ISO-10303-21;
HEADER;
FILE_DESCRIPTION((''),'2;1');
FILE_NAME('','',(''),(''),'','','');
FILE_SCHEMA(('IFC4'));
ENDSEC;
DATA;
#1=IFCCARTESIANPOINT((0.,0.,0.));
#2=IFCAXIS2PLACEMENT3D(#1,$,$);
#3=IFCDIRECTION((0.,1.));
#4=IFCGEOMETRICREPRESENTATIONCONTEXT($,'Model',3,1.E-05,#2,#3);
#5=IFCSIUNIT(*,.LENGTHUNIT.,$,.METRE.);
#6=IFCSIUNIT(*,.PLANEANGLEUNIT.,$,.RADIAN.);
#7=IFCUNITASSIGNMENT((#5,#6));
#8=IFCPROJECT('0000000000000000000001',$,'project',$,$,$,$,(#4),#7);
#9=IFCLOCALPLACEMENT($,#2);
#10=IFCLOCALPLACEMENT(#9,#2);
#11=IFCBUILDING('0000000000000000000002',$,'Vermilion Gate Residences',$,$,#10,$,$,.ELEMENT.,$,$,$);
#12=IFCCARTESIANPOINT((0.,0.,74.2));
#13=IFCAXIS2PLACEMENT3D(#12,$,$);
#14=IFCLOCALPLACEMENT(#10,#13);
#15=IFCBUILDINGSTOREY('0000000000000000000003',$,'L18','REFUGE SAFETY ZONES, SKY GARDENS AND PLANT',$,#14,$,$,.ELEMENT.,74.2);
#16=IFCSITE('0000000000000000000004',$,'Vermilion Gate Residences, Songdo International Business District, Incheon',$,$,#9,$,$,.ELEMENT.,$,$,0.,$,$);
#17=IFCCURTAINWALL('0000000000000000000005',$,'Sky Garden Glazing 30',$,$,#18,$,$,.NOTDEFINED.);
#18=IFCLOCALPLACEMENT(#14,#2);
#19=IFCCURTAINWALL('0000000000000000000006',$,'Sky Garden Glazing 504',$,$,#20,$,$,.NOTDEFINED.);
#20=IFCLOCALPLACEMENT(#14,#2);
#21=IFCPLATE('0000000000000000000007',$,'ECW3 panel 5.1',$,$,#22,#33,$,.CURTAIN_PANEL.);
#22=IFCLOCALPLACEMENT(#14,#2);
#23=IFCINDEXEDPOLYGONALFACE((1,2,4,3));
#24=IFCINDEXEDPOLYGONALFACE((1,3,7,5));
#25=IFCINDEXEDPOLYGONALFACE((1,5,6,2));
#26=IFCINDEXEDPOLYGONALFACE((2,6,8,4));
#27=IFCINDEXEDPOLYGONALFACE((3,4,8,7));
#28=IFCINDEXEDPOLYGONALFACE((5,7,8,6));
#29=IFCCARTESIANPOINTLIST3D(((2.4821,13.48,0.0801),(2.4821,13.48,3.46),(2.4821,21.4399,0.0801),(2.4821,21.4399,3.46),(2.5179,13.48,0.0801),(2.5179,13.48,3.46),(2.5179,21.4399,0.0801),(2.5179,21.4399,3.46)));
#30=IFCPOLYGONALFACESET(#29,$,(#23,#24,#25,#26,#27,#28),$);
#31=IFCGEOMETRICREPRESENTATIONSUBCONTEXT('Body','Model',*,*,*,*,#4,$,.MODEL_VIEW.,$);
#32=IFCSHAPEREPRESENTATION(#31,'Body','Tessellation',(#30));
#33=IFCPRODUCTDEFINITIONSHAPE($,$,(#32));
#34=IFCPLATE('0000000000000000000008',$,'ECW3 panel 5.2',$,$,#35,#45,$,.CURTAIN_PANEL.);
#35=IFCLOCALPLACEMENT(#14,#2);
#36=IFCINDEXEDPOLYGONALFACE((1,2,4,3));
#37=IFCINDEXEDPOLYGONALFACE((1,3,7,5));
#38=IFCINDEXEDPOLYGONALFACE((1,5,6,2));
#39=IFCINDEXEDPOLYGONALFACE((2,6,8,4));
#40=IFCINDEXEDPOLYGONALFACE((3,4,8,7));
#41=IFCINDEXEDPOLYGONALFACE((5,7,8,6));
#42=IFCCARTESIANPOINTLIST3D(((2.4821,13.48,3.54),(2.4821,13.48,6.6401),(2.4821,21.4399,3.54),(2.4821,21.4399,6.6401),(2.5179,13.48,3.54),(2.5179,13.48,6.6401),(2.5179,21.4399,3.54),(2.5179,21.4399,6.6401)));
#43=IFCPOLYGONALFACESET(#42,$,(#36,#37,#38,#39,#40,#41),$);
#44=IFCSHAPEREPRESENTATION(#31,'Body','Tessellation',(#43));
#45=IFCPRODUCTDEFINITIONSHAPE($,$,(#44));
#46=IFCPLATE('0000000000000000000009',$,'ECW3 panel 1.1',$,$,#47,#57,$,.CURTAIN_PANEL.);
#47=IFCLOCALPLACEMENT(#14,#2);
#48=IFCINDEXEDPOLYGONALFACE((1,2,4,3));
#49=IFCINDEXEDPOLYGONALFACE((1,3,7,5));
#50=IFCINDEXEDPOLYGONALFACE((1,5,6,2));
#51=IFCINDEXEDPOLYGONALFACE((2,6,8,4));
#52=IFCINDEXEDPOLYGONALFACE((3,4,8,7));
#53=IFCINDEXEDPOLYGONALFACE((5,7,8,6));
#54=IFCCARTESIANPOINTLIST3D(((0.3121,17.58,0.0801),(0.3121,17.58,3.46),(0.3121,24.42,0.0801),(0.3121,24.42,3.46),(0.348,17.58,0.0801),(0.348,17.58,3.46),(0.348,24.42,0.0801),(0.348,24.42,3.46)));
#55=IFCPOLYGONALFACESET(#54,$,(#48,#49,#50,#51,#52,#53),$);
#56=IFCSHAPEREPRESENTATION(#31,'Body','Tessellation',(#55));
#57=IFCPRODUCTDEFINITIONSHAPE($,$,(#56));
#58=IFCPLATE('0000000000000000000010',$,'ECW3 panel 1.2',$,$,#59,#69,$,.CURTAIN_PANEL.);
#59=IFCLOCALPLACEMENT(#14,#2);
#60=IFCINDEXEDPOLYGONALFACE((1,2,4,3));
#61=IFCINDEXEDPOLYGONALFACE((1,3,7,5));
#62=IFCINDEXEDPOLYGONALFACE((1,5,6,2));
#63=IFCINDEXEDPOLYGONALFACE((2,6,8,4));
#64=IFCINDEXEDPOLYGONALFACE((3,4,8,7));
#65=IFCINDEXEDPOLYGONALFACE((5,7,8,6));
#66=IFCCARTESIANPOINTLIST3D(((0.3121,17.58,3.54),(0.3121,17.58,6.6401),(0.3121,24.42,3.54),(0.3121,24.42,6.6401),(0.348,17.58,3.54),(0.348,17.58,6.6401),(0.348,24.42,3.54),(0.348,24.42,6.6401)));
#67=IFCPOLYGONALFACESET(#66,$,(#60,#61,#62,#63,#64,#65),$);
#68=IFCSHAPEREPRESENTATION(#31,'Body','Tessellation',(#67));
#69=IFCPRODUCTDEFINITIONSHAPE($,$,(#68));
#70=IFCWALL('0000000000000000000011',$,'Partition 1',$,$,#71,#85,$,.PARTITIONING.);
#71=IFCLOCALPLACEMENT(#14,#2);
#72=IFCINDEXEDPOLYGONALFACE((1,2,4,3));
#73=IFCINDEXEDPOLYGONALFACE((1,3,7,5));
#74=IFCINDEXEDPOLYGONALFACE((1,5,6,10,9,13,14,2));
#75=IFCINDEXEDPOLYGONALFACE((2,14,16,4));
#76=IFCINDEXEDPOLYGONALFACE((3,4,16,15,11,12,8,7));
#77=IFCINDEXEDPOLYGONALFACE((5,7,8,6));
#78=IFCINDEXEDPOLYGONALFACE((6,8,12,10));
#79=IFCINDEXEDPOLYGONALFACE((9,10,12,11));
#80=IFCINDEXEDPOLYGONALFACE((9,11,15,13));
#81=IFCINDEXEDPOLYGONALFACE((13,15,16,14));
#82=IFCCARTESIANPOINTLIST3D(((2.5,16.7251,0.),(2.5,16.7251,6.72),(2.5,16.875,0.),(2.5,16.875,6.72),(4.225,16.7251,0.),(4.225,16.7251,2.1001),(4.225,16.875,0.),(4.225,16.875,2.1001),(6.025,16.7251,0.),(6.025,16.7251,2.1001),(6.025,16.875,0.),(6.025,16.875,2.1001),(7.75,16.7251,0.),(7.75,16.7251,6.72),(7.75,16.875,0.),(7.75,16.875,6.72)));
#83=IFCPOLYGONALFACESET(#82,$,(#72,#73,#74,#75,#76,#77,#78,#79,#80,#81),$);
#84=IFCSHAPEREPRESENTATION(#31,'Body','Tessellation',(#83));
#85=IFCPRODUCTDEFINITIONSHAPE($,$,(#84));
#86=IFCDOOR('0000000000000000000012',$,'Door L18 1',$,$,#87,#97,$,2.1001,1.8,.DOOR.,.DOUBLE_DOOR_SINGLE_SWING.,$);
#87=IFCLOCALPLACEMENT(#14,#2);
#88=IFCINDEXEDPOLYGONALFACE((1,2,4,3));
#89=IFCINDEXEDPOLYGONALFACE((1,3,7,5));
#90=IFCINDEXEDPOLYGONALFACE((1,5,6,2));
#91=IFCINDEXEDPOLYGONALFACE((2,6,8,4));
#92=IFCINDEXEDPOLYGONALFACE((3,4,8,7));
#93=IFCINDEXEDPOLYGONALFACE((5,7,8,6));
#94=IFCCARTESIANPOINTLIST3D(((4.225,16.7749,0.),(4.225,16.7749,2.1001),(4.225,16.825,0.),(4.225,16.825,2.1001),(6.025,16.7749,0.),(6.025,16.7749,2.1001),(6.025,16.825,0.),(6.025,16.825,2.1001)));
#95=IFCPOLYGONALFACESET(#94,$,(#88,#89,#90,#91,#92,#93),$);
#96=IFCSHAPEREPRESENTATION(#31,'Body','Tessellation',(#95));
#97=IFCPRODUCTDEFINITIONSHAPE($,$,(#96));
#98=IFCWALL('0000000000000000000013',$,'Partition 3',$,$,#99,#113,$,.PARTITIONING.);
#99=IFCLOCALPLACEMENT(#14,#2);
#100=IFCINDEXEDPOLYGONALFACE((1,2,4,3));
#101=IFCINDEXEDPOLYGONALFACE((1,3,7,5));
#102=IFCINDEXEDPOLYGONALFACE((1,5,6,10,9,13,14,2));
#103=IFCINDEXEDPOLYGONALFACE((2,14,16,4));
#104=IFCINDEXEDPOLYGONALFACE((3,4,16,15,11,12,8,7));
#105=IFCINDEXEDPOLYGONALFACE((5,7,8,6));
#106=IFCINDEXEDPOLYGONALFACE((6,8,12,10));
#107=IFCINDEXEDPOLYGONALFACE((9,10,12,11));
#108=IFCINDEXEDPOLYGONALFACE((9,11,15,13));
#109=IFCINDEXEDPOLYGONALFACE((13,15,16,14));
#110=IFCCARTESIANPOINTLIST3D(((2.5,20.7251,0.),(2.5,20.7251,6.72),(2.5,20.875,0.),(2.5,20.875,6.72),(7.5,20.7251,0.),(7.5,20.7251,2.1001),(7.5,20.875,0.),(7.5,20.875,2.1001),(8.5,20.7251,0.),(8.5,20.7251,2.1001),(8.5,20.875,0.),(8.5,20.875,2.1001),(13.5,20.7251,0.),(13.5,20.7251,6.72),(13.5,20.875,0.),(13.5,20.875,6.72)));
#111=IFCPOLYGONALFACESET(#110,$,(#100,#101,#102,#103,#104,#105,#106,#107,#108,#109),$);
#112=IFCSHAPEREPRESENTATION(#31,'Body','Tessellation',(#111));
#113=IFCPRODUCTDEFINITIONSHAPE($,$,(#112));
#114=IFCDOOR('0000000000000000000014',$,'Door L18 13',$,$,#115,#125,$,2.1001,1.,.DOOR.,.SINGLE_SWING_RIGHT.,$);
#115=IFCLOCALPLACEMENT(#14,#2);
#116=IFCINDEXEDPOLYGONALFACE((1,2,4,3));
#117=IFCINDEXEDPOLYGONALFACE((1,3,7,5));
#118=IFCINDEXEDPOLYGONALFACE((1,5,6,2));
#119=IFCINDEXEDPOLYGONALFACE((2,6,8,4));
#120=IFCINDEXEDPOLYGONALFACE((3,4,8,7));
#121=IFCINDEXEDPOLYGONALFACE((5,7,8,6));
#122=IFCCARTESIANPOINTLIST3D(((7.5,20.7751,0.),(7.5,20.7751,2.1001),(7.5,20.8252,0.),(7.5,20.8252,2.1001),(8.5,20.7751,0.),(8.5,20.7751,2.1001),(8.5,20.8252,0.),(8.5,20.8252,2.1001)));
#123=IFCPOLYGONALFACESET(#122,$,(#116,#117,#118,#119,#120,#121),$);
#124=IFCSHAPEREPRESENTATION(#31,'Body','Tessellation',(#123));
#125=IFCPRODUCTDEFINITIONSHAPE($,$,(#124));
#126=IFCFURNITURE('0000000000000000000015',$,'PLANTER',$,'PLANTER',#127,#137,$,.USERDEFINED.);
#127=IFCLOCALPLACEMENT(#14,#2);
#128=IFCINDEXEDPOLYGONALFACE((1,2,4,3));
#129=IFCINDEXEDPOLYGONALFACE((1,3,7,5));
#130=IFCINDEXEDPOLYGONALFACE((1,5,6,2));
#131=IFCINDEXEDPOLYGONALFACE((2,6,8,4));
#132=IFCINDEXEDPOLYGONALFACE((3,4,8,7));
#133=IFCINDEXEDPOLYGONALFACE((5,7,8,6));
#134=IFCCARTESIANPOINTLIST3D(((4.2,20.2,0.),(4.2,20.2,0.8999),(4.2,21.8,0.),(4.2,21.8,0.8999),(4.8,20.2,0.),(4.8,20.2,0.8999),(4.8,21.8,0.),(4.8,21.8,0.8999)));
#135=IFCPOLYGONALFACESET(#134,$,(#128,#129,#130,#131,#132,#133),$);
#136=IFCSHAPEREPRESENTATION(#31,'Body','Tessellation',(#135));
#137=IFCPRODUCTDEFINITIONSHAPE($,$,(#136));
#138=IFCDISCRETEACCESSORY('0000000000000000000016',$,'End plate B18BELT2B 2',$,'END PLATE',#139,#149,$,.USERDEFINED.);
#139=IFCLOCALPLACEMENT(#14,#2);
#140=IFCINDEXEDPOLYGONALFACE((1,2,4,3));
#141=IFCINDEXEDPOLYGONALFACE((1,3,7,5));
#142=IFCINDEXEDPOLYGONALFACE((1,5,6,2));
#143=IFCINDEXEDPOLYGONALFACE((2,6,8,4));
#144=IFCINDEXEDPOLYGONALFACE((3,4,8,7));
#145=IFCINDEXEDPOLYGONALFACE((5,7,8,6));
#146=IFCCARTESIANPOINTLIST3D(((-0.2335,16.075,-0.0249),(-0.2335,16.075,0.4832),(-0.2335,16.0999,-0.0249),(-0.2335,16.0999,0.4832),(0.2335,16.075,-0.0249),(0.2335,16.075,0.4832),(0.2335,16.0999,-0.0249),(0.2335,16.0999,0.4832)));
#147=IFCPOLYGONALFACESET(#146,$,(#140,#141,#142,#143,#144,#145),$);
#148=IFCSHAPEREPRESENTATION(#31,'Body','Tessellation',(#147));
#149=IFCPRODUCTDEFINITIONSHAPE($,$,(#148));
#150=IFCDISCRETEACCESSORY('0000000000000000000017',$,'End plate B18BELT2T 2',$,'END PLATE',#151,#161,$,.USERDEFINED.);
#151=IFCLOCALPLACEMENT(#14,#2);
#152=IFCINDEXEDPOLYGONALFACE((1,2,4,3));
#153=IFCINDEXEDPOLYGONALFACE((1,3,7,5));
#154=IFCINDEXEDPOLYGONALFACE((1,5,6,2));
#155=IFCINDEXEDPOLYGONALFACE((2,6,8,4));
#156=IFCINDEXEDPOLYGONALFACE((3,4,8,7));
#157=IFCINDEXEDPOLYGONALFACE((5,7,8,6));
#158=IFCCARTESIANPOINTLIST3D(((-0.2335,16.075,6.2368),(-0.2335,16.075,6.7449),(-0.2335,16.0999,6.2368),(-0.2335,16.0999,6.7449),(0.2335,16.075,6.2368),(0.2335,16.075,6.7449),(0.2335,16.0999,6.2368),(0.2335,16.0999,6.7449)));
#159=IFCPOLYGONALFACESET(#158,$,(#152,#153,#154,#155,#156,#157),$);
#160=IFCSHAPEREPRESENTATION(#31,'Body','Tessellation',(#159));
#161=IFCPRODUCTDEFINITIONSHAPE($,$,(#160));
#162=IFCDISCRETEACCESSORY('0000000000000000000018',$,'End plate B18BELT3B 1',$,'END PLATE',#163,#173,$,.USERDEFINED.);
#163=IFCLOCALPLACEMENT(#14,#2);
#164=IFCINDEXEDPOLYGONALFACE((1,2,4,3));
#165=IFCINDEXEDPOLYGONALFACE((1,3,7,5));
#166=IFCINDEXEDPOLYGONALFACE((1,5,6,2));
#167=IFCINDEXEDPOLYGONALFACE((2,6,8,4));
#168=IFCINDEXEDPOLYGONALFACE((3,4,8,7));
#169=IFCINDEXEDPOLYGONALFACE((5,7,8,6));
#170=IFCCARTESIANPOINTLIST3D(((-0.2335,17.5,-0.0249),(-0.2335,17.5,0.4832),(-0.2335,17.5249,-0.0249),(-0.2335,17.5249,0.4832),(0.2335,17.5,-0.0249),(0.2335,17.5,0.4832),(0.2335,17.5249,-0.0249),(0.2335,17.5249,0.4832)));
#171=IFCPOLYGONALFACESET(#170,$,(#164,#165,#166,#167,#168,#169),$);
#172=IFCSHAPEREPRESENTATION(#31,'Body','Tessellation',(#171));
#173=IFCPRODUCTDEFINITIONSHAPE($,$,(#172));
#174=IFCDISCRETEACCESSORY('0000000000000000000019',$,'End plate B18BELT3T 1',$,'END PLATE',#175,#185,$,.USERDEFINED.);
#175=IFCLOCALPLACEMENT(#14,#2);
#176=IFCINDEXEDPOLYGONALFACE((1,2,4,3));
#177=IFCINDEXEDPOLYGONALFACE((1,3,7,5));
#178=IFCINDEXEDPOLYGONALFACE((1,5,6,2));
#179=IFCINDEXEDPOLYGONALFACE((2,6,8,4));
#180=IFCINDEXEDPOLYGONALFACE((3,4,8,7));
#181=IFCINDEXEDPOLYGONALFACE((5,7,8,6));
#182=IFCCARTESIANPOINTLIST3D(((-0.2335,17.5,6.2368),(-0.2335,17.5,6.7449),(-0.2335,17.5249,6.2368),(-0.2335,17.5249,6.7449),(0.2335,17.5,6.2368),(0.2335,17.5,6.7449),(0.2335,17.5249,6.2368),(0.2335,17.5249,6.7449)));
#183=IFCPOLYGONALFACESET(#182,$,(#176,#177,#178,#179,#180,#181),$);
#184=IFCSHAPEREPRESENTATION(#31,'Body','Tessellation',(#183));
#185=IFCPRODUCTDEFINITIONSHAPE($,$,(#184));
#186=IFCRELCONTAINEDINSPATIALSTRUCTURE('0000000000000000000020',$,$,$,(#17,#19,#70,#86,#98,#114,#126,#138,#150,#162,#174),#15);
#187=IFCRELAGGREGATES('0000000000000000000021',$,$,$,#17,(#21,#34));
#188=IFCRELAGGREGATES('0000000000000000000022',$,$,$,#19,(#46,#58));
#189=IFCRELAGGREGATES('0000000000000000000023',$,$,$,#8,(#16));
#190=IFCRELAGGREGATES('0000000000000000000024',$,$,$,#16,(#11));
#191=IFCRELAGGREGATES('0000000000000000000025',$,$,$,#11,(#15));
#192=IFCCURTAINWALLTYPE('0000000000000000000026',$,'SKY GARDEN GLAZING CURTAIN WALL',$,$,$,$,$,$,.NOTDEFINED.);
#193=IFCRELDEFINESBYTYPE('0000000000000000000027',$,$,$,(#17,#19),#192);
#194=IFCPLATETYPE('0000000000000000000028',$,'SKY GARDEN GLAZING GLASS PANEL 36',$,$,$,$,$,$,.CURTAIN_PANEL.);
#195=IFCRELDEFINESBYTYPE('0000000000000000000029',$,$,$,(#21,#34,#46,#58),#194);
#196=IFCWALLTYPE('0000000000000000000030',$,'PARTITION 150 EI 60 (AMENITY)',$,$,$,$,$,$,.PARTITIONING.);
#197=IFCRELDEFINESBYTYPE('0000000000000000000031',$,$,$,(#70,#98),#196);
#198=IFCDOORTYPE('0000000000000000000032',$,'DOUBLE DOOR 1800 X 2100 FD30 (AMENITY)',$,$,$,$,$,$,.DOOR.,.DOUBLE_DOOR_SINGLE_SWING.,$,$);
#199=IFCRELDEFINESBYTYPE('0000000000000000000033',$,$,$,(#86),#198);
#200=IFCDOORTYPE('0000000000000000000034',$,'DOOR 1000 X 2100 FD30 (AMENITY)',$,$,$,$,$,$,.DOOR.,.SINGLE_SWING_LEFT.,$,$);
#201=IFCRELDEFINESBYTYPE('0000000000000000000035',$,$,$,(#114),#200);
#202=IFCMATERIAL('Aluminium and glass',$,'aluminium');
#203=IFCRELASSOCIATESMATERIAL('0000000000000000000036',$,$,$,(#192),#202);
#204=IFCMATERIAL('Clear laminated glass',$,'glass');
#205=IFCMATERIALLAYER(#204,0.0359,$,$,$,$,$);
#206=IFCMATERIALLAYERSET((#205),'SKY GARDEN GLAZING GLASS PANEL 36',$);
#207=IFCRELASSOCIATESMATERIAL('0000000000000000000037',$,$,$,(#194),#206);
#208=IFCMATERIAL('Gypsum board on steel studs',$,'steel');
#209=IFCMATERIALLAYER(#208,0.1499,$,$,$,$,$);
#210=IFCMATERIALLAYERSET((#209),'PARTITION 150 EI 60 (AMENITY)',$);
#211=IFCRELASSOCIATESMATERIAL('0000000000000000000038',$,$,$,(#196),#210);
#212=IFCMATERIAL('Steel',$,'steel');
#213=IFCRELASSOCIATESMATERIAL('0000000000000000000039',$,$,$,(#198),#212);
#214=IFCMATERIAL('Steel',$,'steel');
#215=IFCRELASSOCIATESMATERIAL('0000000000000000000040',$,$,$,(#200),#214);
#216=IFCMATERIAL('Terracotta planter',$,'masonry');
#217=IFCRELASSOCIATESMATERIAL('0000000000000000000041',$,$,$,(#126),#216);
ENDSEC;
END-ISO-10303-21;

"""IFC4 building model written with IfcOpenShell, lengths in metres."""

from ifc_helpers import new_model, si_unit, direction, frame, frame_2d, origin, origin_2d, place, context, subcontext, project, spatial, rectangle, extrude, material, layer, layer_set, type_object, element, fill, aggregate, save


model = new_model("IFC4")

# Units and contexts
model_context = context("Model", 3, precision=1e-05, world=origin(), true_north=direction((0.0, 1.0)))
body_context = subcontext(model_context, "Body", "Model", "MODEL_VIEW")
ifc_project = project(units=[si_unit("LENGTHUNIT", "METRE"), si_unit("PLANEANGLEUNIT", "RADIAN")], contexts=[model_context])

# Site, building, storey
site_placement = place(None, origin())
site = spatial("IfcSite", under=ifc_project, at=site_placement, Name="Vermilion Gate Residences, Songdo International Business District, Incheon", CompositionType="ELEMENT", RefElevation=0.0)
building_placement = place(site_placement, origin())
building = spatial("IfcBuilding", under=site, at=building_placement, Name="Vermilion Gate Residences", CompositionType="ELEMENT")
storey_placement = place(building_placement, frame((0.0, 0.0, 74.2)))
storey = spatial("IfcBuildingStorey", under=building, at=storey_placement, Name="L18", Description="REFUGE SAFETY ZONES, SKY GARDENS AND PLANT", CompositionType="ELEMENT", Elevation=74.2)

# Curtain walls
ifc_material_1 = material(Name="Aluminium and glass", Category="aluminium")
curtain_wall_type = type_object("IfcCurtainWallType", Name="SKY GARDEN GLAZING CURTAIN WALL", PredefinedType="NOTDEFINED", material=ifc_material_1)
curtain_wall_1_placement = place(storey_placement, origin())
curtain_wall_1 = element("IfcCurtainWall", 1, at=curtain_wall_1_placement, inside=storey, type_object=curtain_wall_type, Name="Sky Garden Glazing 30", PredefinedType="NOTDEFINED")
curtain_wall_2_placement = place(storey_placement, origin())
curtain_wall_2 = element("IfcCurtainWall", 2, at=curtain_wall_2_placement, inside=storey, type_object=curtain_wall_type, Name="Sky Garden Glazing 504", PredefinedType="NOTDEFINED")

# Plates
ifc_material_2 = material(Name="Clear laminated glass", Category="glass")
ifc_layer_1 = layer(ifc_material_2, 0.0359)
ifc_layer_set_1 = layer_set([ifc_layer_1], Name="SKY GARDEN GLAZING GLASS PANEL 36")
plate_type = type_object("IfcPlateType", Name="SKY GARDEN GLAZING GLASS PANEL 36", PredefinedType="CURTAIN_PANEL", material=ifc_layer_set_1)
plate_1_placement = place(storey_placement, frame((2.5, 17.46, 0.0801), z_axis=(0.0, 0.0, 1.0), x_axis=(0.0, -1.0, 0.0)))
plate_1 = element("IfcPlate", 3, at=plate_1_placement, type_object=plate_type, Name="ECW3 panel 5.1", PredefinedType="CURTAIN_PANEL", context=body_context, shape_type="SweptSolid", body=[
    extrude(rectangle(XDim=7.96, YDim=0.0359, at=origin_2d()), origin(), (0.0, 0.0, 1.0), 3.3799),
])
plate_2_placement = place(storey_placement, frame((2.5, 17.46, 3.54), z_axis=(0.0, 0.0, 1.0), x_axis=(0.0, -1.0, 0.0)))
plate_2 = element("IfcPlate", 4, at=plate_2_placement, type_object=plate_type, Name="ECW3 panel 5.2", PredefinedType="CURTAIN_PANEL", context=body_context, shape_type="SweptSolid", body=[
    extrude(rectangle(XDim=7.96, YDim=0.0359, at=origin_2d()), origin(), (0.0, 0.0, 1.0), 3.1001),
])
aggregate(curtain_wall_1, [plate_1, plate_2])
plate_3_placement = place(storey_placement, frame((0.3301, 21.0, 0.0801), z_axis=(0.0, 0.0, 1.0), x_axis=(0.0, -1.0, 0.0)))
plate_3 = element("IfcPlate", 5, at=plate_3_placement, type_object=plate_type, Name="ECW3 panel 1.1", PredefinedType="CURTAIN_PANEL", context=body_context, shape_type="SweptSolid", body=[
    extrude(rectangle(XDim=6.8401, YDim=0.0359, at=origin_2d()), origin(), (0.0, 0.0, 1.0), 3.3799),
])
plate_4_placement = place(storey_placement, frame((0.3301, 21.0, 3.54), z_axis=(0.0, 0.0, 1.0), x_axis=(0.0, -1.0, 0.0)))
plate_4 = element("IfcPlate", 6, at=plate_4_placement, type_object=plate_type, Name="ECW3 panel 1.2", PredefinedType="CURTAIN_PANEL", context=body_context, shape_type="SweptSolid", body=[
    extrude(rectangle(XDim=6.8401, YDim=0.0359, at=origin_2d()), origin(), (0.0, 0.0, 1.0), 3.1001),
])
aggregate(curtain_wall_2, [plate_3, plate_4])

# Walls, openings, doors
ifc_material_3 = material(Name="Gypsum board on steel studs", Category="steel")
ifc_layer_2 = layer(ifc_material_3, 0.1499)
ifc_layer_set_2 = layer_set([ifc_layer_2], Name="PARTITION 150 EI 60 (AMENITY)")
wall_type = type_object("IfcWallType", Name="PARTITION 150 EI 60 (AMENITY)", PredefinedType="PARTITIONING", material=ifc_layer_set_2)
wall_1_placement = place(storey_placement, frame((2.5, 16.8, 0.0), z_axis=(0.0, 0.0, 1.0), x_axis=(1.0, 0.0, 0.0)))
wall_1 = element("IfcWall", 7, at=wall_1_placement, inside=storey, type_object=wall_type, Name="Partition 1", PredefinedType="PARTITIONING", context=body_context, shape_type="SweptSolid", body=[
    extrude(rectangle(XDim=5.25, YDim=0.1499, at=frame_2d((2.625, 0.0))), origin(), (0.0, 0.0, 1.0), 6.72),
])
opening_1_placement = place(wall_1_placement, frame((1.7251, 0.0, 0.0)))
opening_1 = element("IfcOpeningElement", 8, at=opening_1_placement, cuts=wall_1, PredefinedType="OPENING", context=body_context, shape_type="SweptSolid", body=[
    extrude(rectangle(XDim=1.8, YDim=2.1001, at=frame_2d((0.8999, 1.05))), frame((0.0, 0.085, 0.0), z_axis=(0.0, -1.0, 0.0), x_axis=(1.0, 0.0, 0.0)), (0.0, 0.0, 1.0), 0.1699),
])
ifc_material_4 = material(Name="Steel", Category="steel")
door_type_1 = type_object("IfcDoorType", Name="DOUBLE DOOR 1800 X 2100 FD30 (AMENITY)", OperationType="DOUBLE_DOOR_SINGLE_SWING", PredefinedType="DOOR", material=ifc_material_4)
door_1_placement = place(opening_1_placement, origin())
door_1 = element("IfcDoor", 9, at=door_1_placement, inside=storey, type_object=door_type_1, Name="Door L18 1", OperationType="DOUBLE_DOOR_SINGLE_SWING", OverallHeight=2.1001, OverallWidth=1.8, PredefinedType="DOOR", context=body_context, shape_type="SweptSolid", body=[
    extrude(rectangle(XDim=1.8, YDim=2.1001, at=frame_2d((0.8999, 1.05))), frame((0.0, 0.0249, 0.0), z_axis=(0.0, -1.0, 0.0), x_axis=(1.0, 0.0, 0.0)), (0.0, 0.0, 1.0), 0.05),
])
fill(opening_1, door_1)
wall_2_placement = place(storey_placement, frame((2.5, 20.8, 0.0), z_axis=(0.0, 0.0, 1.0), x_axis=(1.0, 0.0, 0.0)))
wall_2 = element("IfcWall", 10, at=wall_2_placement, inside=storey, type_object=wall_type, Name="Partition 3", PredefinedType="PARTITIONING", context=body_context, shape_type="SweptSolid", body=[
    extrude(rectangle(XDim=11.0, YDim=0.1499, at=frame_2d((5.5, 0.0))), origin(), (0.0, 0.0, 1.0), 6.72),
])
opening_2_placement = place(wall_2_placement, frame((5.0, 0.0, 0.0)))
opening_2 = element("IfcOpeningElement", 11, at=opening_2_placement, cuts=wall_2, PredefinedType="OPENING", context=body_context, shape_type="SweptSolid", body=[
    extrude(rectangle(XDim=1.0, YDim=2.1001, at=frame_2d((0.5, 1.05))), frame((0.0, 0.085, 0.0), z_axis=(0.0, -1.0, 0.0), x_axis=(1.0, 0.0, 0.0)), (0.0, 0.0, 1.0), 0.1699),
])
ifc_material_5 = material(Name="Steel", Category="steel")
door_type_2 = type_object("IfcDoorType", Name="DOOR 1000 X 2100 FD30 (AMENITY)", OperationType="SINGLE_SWING_LEFT", PredefinedType="DOOR", material=ifc_material_5)
door_2_placement = place(opening_2_placement, frame((1.0, 0.0, 0.0), z_axis=(0.0, 0.0, 1.0), x_axis=(-1.0, 0.0, 0.0)))
door_2 = element("IfcDoor", 12, at=door_2_placement, inside=storey, type_object=door_type_2, Name="Door L18 13", OperationType="SINGLE_SWING_RIGHT", OverallHeight=2.1001, OverallWidth=1.0, PredefinedType="DOOR", context=body_context, shape_type="SweptSolid", body=[
    extrude(rectangle(XDim=1.0, YDim=2.1001, at=frame_2d((0.5, 1.05))), frame((0.0, 0.0249, 0.0), z_axis=(0.0, -1.0, 0.0), x_axis=(1.0, 0.0, 0.0)), (0.0, 0.0, 1.0), 0.05),
])
fill(opening_2, door_2)

# Furniture
ifc_material_6 = material(Name="Terracotta planter", Category="masonry")
furniture_placement = place(storey_placement, frame((4.5, 21.0, 0.0), z_axis=(0.0, 0.0, 1.0), x_axis=(0.0, -1.0, 0.0)))
element("IfcFurniture", 13, at=furniture_placement, inside=storey, material=ifc_material_6, Name="PLANTER", ObjectType="PLANTER", PredefinedType="USERDEFINED", context=body_context, shape_type="SweptSolid", body=[
    extrude(rectangle(XDim=1.6001, YDim=0.6001, at=origin_2d()), origin(), (0.0, 0.0, 1.0), 0.8999),
])

# Discrete accessories
for number, where, z_axis, x_axis, name in (
    (14, (0.0, 16.0874, -0.0249), (0.0, 0.0, 1.0), (1.0, 0.0, 0.0), "End plate B18BELT2B 2"),
    (15, (0.0, 16.0874, 6.2368), (0.0, 0.0, 1.0), (1.0, 0.0, 0.0), "End plate B18BELT2T 2"),
    (16, (0.0, 17.5125, -0.0249), (0.0, 0.0, 1.0), (1.0, 0.0, 0.0), "End plate B18BELT3B 1"),
    (17, (0.0, 17.5125, 6.2368), (0.0, 0.0, 1.0), (1.0, 0.0, 0.0), "End plate B18BELT3T 1"),
):
    element("IfcDiscreteAccessory", number, at=place(storey_placement, frame(where, z_axis=z_axis, x_axis=x_axis)), inside=storey, Name=name, ObjectType="END PLATE", PredefinedType="USERDEFINED", context=body_context, shape_type="SweptSolid", body=[
        extrude(rectangle(XDim=0.467, YDim=0.0249, at=origin_2d()), origin(), (0.0, 0.0, 1.0), 0.5081),
    ])

save(model, "model.ifc")
